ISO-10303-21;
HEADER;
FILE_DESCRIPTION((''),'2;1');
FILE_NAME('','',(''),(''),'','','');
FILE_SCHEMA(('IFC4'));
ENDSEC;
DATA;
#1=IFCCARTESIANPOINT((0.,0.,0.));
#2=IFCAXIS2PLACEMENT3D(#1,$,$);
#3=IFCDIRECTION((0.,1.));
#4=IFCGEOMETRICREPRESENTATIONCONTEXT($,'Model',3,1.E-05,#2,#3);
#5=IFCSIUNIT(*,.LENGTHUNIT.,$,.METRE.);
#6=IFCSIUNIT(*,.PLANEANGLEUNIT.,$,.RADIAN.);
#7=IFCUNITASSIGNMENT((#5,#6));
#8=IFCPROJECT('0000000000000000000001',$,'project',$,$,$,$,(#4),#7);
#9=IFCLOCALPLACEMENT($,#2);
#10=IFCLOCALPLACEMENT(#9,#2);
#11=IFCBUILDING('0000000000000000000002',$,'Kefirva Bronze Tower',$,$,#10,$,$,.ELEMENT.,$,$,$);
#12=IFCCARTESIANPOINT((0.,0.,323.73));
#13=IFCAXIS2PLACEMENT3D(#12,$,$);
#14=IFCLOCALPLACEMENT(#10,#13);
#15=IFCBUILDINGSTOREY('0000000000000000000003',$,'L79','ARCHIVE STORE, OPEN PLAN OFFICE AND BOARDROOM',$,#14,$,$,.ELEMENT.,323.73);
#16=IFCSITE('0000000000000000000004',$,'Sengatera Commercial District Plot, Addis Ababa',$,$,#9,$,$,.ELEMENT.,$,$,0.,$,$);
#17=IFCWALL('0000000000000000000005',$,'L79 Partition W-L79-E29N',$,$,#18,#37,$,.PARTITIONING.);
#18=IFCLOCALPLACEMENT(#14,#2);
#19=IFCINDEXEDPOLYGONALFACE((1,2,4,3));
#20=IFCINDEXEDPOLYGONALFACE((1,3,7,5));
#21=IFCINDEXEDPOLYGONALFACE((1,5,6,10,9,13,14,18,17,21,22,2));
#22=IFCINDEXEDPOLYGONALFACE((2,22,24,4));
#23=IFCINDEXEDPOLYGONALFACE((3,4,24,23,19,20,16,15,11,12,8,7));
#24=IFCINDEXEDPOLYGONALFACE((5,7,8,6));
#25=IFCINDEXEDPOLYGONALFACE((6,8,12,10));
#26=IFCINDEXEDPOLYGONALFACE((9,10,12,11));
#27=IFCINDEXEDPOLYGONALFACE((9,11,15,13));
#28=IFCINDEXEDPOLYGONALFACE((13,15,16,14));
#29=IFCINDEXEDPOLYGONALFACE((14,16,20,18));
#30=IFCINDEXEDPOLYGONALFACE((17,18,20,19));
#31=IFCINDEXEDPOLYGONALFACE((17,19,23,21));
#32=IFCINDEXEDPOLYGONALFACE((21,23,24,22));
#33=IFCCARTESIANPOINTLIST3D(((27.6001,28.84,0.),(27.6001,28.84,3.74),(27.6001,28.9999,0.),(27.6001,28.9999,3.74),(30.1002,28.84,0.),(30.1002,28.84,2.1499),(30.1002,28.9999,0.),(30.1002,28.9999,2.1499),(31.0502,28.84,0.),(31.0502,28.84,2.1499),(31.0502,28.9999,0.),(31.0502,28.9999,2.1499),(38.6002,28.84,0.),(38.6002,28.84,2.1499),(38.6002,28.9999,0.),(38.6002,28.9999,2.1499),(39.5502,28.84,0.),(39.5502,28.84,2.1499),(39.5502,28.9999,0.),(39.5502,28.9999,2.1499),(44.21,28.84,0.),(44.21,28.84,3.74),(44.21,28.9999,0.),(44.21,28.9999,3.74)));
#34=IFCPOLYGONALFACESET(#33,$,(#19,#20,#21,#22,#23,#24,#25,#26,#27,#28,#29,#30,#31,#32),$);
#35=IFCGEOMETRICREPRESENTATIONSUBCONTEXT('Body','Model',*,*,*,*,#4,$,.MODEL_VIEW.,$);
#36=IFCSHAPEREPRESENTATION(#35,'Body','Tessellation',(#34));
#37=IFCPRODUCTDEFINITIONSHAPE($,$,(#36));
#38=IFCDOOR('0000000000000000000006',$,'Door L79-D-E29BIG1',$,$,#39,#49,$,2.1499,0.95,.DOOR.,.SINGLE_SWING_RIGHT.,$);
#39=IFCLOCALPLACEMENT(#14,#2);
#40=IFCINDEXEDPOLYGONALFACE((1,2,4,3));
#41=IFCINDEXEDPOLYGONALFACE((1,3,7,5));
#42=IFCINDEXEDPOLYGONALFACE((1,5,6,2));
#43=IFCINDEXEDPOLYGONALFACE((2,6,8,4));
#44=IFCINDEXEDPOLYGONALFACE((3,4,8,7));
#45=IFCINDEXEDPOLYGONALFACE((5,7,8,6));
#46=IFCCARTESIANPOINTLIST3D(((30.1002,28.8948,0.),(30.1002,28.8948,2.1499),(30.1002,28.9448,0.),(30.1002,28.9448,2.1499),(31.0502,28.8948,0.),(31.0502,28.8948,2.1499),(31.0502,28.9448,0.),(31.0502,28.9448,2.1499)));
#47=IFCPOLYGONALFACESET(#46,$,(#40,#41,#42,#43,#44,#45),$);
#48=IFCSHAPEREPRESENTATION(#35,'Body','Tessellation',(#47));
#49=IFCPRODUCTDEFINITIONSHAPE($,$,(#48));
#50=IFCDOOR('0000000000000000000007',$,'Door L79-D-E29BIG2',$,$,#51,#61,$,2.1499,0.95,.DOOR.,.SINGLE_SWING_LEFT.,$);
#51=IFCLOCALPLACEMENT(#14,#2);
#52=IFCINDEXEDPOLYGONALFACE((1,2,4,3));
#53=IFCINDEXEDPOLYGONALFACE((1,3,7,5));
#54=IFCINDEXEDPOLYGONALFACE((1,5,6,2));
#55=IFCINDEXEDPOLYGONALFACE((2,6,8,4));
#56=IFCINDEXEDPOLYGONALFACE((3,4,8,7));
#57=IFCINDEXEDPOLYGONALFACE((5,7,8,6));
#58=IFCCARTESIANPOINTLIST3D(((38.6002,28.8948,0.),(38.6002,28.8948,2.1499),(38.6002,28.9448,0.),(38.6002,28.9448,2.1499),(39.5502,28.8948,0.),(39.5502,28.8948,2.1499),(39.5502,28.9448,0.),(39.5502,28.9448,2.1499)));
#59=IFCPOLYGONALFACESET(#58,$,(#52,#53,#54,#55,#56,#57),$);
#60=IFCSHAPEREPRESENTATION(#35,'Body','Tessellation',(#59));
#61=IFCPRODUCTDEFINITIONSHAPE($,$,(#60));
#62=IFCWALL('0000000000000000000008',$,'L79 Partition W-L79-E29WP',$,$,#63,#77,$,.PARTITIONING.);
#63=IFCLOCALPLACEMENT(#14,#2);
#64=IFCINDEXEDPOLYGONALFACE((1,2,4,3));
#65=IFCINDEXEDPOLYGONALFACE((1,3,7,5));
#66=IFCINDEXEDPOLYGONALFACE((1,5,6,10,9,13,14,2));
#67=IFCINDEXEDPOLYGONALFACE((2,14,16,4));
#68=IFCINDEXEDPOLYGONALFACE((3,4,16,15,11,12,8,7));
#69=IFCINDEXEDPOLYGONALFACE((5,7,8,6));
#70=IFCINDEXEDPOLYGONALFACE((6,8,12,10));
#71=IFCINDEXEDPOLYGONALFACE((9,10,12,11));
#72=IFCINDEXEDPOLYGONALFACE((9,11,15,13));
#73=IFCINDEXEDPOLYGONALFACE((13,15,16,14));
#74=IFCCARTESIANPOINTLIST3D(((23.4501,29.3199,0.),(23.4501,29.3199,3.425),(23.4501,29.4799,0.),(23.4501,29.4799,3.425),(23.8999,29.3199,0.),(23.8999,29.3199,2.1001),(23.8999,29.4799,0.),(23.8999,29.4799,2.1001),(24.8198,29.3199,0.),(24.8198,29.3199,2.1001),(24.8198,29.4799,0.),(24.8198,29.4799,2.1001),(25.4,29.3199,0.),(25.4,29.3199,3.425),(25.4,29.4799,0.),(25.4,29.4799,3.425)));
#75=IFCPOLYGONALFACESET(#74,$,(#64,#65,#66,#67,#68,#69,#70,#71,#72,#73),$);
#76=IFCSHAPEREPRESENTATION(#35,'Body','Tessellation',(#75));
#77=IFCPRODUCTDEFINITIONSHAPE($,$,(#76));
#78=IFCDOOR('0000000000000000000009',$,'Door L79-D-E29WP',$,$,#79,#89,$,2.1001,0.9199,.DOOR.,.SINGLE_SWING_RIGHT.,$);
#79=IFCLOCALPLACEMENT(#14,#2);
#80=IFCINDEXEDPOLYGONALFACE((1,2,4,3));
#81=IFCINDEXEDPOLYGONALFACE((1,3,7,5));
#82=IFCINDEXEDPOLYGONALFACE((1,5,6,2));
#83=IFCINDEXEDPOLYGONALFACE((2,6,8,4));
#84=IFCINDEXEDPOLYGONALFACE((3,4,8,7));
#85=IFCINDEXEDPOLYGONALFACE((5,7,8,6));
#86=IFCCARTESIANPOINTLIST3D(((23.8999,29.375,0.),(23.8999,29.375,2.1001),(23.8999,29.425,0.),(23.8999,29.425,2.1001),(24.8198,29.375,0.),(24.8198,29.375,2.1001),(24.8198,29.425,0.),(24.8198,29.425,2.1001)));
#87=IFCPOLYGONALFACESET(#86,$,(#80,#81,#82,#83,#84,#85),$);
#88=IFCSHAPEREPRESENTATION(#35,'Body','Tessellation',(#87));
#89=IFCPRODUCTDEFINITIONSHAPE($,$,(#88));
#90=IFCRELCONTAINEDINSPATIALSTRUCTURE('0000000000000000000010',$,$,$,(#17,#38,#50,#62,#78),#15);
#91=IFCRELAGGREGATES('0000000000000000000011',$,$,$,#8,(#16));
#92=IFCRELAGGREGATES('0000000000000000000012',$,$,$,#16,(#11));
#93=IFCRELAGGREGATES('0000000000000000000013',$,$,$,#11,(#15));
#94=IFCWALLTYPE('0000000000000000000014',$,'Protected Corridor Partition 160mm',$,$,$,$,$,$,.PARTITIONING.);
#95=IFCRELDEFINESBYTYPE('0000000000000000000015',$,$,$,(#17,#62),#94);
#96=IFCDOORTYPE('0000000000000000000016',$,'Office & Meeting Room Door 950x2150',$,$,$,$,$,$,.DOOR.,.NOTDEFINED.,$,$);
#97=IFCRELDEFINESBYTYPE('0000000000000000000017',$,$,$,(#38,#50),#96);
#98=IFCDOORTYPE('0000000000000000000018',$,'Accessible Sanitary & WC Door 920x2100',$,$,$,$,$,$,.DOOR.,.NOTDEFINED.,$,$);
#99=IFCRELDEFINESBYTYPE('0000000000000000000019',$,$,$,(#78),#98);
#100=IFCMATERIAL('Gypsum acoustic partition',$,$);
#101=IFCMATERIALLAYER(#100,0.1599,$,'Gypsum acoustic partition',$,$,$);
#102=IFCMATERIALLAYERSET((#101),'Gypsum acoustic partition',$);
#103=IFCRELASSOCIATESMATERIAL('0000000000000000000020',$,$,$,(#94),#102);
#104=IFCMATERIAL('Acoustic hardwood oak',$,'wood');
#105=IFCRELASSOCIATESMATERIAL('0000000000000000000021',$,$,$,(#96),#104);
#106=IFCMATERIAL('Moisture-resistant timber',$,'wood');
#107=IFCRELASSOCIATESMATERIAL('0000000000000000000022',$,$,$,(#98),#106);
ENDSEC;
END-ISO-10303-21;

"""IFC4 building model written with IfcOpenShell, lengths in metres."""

from ifc_helpers import new_model, si_unit, direction, frame, frame_2d, origin, place, context, subcontext, project, spatial, rectangle, extrude, material, layer, layer_set, type_object, element, fill, save


model = new_model("IFC4")

# Units and contexts
model_context = context("Model", 3, precision=1e-05, world=origin(), true_north=direction((0.0, 1.0)))
body_context = subcontext(model_context, "Body", "Model", "MODEL_VIEW")
ifc_project = project(units=[si_unit("LENGTHUNIT", "METRE"), si_unit("PLANEANGLEUNIT", "RADIAN")], contexts=[model_context])

# Site, building, storey
site_placement = place(None, origin())
site = spatial("IfcSite", under=ifc_project, at=site_placement, Name="Sengatera Commercial District Plot, Addis Ababa", CompositionType="ELEMENT", RefElevation=0.0)
building_placement = place(site_placement, origin())
building = spatial("IfcBuilding", under=site, at=building_placement, Name="Kefirva Bronze Tower", CompositionType="ELEMENT")
storey_placement = place(building_placement, frame((0.0, 0.0, 323.73)))
storey = spatial("IfcBuildingStorey", under=building, at=storey_placement, Name="L79", Description="ARCHIVE STORE, OPEN PLAN OFFICE AND BOARDROOM", CompositionType="ELEMENT", Elevation=323.73)

# Shared definitions
ifc_material_1 = material(Name="Gypsum acoustic partition")
ifc_layer = layer(ifc_material_1, 0.1599, Name="Gypsum acoustic partition")
ifc_layer_set = layer_set([ifc_layer], Name="Gypsum acoustic partition")
wall_type = type_object("IfcWallType", Name="Protected Corridor Partition 160mm", PredefinedType="PARTITIONING", material=ifc_layer_set)
ifc_material_2 = material(Name="Acoustic hardwood oak", Category="wood")
door_type_1 = type_object("IfcDoorType", Name="Office & Meeting Room Door 950x2150", OperationType="NOTDEFINED", PredefinedType="DOOR", material=ifc_material_2)

# Wall, openings, doors
wall_1_placement = place(storey_placement, frame((27.6001, 28.9199, 0.0), z_axis=(0.0, 0.0, 1.0), x_axis=(1.0, 0.0, 0.0)))
wall_1 = element("IfcWall", 1, at=wall_1_placement, inside=storey, type_object=wall_type, Name="L79 Partition W-L79-E29N", PredefinedType="PARTITIONING", context=body_context, shape_type="SweptSolid", body=[
    extrude(rectangle(XDim=16.6099, YDim=0.1599, at=frame_2d((8.3049, 0.0))), origin(), (0.0, 0.0, 1.0), 3.74),
])
opening_1_placement = place(wall_1_placement, frame((2.5, 0.0, 0.0)))
opening_1 = element("IfcOpeningElement", 2, at=opening_1_placement, cuts=wall_1, PredefinedType="OPENING", context=body_context, shape_type="SweptSolid", body=[
    extrude(rectangle(XDim=0.95, YDim=2.1499, at=frame_2d((0.4751, 1.075))), frame((0.0, 0.0898, 0.0), z_axis=(0.0, -1.0, 0.0), x_axis=(1.0, 0.0, 0.0)), (0.0, 0.0, 1.0), 0.1799),
])
opening_2_placement = place(wall_1_placement, frame((11.0, 0.0, 0.0)))
opening_2 = element("IfcOpeningElement", 3, at=opening_2_placement, cuts=wall_1, PredefinedType="OPENING", context=body_context, shape_type="SweptSolid", body=[
    extrude(rectangle(XDim=0.95, YDim=2.1499, at=frame_2d((0.4751, 1.075))), frame((0.0, 0.0898, 0.0), z_axis=(0.0, -1.0, 0.0), x_axis=(1.0, 0.0, 0.0)), (0.0, 0.0, 1.0), 0.1799),
])
door_1_placement = place(opening_1_placement, origin())
door_1 = element("IfcDoor", 4, at=door_1_placement, inside=storey, type_object=door_type_1, Name="Door L79-D-E29BIG1", OperationType="SINGLE_SWING_RIGHT", OverallHeight=2.1499, OverallWidth=0.95, PredefinedType="DOOR", context=body_context, shape_type="SweptSolid", body=[
    extrude(rectangle(XDim=0.95, YDim=2.1499, at=frame_2d((0.4751, 1.075))), frame((0.0, 0.0249, 0.0), z_axis=(0.0, -1.0, 0.0), x_axis=(1.0, 0.0, 0.0)), (0.0, 0.0, 1.0), 0.05),
])
fill(opening_1, door_1)
door_2_placement = place(opening_2_placement, origin())
door_2 = element("IfcDoor", 5, at=door_2_placement, inside=storey, type_object=door_type_1, Name="Door L79-D-E29BIG2", OperationType="SINGLE_SWING_LEFT", OverallHeight=2.1499, OverallWidth=0.95, PredefinedType="DOOR", context=body_context, shape_type="SweptSolid", body=[
    extrude(rectangle(XDim=0.95, YDim=2.1499, at=frame_2d((0.4751, 1.075))), frame((0.0, 0.0249, 0.0), z_axis=(0.0, -1.0, 0.0), x_axis=(1.0, 0.0, 0.0)), (0.0, 0.0, 1.0), 0.05),
])
fill(opening_2, door_2)

# Wall, opening, door
wall_2_placement = place(storey_placement, frame((23.45, 29.3999, 0.0), z_axis=(0.0, 0.0, 1.0), x_axis=(1.0, 0.0, 0.0)))
wall_2 = element("IfcWall", 6, at=wall_2_placement, inside=storey, type_object=wall_type, Name="L79 Partition W-L79-E29WP", PredefinedType="PARTITIONING", context=body_context, shape_type="SweptSolid", body=[
    extrude(rectangle(XDim=1.95, YDim=0.1599, at=frame_2d((0.9751, 0.0))), origin(), (0.0, 0.0, 1.0), 3.425),
])
opening_3_placement = place(wall_2_placement, frame((1.3699, 0.0, 0.0), z_axis=(0.0, 0.0, 1.0), x_axis=(-1.0, 0.0, 0.0)))
opening_3 = element("IfcOpeningElement", 7, at=opening_3_placement, cuts=wall_2, PredefinedType="OPENING", context=body_context, shape_type="SweptSolid", body=[
    extrude(rectangle(XDim=0.9199, YDim=2.1001, at=frame_2d((0.46, 1.05))), frame((0.0, 0.0898, 0.0), z_axis=(0.0, -1.0, 0.0), x_axis=(1.0, 0.0, 0.0)), (0.0, 0.0, 1.0), 0.1799),
])
ifc_material_3 = material(Name="Moisture-resistant timber", Category="wood")
door_type_2 = type_object("IfcDoorType", Name="Accessible Sanitary & WC Door 920x2100", OperationType="NOTDEFINED", PredefinedType="DOOR", material=ifc_material_3)
door_3_placement = place(opening_3_placement, origin())
door_3 = element("IfcDoor", 8, at=door_3_placement, inside=storey, type_object=door_type_2, Name="Door L79-D-E29WP", OperationType="SINGLE_SWING_RIGHT", OverallHeight=2.1001, OverallWidth=0.9199, PredefinedType="DOOR", context=body_context, shape_type="SweptSolid", body=[
    extrude(rectangle(XDim=0.9199, YDim=2.1001, at=frame_2d((0.46, 1.05))), frame((0.0, 0.0249, 0.0), z_axis=(0.0, -1.0, 0.0), x_axis=(1.0, 0.0, 0.0)), (0.0, 0.0, 1.0), 0.05),
])
fill(opening_3, door_3)

save(model, "model.ifc")
